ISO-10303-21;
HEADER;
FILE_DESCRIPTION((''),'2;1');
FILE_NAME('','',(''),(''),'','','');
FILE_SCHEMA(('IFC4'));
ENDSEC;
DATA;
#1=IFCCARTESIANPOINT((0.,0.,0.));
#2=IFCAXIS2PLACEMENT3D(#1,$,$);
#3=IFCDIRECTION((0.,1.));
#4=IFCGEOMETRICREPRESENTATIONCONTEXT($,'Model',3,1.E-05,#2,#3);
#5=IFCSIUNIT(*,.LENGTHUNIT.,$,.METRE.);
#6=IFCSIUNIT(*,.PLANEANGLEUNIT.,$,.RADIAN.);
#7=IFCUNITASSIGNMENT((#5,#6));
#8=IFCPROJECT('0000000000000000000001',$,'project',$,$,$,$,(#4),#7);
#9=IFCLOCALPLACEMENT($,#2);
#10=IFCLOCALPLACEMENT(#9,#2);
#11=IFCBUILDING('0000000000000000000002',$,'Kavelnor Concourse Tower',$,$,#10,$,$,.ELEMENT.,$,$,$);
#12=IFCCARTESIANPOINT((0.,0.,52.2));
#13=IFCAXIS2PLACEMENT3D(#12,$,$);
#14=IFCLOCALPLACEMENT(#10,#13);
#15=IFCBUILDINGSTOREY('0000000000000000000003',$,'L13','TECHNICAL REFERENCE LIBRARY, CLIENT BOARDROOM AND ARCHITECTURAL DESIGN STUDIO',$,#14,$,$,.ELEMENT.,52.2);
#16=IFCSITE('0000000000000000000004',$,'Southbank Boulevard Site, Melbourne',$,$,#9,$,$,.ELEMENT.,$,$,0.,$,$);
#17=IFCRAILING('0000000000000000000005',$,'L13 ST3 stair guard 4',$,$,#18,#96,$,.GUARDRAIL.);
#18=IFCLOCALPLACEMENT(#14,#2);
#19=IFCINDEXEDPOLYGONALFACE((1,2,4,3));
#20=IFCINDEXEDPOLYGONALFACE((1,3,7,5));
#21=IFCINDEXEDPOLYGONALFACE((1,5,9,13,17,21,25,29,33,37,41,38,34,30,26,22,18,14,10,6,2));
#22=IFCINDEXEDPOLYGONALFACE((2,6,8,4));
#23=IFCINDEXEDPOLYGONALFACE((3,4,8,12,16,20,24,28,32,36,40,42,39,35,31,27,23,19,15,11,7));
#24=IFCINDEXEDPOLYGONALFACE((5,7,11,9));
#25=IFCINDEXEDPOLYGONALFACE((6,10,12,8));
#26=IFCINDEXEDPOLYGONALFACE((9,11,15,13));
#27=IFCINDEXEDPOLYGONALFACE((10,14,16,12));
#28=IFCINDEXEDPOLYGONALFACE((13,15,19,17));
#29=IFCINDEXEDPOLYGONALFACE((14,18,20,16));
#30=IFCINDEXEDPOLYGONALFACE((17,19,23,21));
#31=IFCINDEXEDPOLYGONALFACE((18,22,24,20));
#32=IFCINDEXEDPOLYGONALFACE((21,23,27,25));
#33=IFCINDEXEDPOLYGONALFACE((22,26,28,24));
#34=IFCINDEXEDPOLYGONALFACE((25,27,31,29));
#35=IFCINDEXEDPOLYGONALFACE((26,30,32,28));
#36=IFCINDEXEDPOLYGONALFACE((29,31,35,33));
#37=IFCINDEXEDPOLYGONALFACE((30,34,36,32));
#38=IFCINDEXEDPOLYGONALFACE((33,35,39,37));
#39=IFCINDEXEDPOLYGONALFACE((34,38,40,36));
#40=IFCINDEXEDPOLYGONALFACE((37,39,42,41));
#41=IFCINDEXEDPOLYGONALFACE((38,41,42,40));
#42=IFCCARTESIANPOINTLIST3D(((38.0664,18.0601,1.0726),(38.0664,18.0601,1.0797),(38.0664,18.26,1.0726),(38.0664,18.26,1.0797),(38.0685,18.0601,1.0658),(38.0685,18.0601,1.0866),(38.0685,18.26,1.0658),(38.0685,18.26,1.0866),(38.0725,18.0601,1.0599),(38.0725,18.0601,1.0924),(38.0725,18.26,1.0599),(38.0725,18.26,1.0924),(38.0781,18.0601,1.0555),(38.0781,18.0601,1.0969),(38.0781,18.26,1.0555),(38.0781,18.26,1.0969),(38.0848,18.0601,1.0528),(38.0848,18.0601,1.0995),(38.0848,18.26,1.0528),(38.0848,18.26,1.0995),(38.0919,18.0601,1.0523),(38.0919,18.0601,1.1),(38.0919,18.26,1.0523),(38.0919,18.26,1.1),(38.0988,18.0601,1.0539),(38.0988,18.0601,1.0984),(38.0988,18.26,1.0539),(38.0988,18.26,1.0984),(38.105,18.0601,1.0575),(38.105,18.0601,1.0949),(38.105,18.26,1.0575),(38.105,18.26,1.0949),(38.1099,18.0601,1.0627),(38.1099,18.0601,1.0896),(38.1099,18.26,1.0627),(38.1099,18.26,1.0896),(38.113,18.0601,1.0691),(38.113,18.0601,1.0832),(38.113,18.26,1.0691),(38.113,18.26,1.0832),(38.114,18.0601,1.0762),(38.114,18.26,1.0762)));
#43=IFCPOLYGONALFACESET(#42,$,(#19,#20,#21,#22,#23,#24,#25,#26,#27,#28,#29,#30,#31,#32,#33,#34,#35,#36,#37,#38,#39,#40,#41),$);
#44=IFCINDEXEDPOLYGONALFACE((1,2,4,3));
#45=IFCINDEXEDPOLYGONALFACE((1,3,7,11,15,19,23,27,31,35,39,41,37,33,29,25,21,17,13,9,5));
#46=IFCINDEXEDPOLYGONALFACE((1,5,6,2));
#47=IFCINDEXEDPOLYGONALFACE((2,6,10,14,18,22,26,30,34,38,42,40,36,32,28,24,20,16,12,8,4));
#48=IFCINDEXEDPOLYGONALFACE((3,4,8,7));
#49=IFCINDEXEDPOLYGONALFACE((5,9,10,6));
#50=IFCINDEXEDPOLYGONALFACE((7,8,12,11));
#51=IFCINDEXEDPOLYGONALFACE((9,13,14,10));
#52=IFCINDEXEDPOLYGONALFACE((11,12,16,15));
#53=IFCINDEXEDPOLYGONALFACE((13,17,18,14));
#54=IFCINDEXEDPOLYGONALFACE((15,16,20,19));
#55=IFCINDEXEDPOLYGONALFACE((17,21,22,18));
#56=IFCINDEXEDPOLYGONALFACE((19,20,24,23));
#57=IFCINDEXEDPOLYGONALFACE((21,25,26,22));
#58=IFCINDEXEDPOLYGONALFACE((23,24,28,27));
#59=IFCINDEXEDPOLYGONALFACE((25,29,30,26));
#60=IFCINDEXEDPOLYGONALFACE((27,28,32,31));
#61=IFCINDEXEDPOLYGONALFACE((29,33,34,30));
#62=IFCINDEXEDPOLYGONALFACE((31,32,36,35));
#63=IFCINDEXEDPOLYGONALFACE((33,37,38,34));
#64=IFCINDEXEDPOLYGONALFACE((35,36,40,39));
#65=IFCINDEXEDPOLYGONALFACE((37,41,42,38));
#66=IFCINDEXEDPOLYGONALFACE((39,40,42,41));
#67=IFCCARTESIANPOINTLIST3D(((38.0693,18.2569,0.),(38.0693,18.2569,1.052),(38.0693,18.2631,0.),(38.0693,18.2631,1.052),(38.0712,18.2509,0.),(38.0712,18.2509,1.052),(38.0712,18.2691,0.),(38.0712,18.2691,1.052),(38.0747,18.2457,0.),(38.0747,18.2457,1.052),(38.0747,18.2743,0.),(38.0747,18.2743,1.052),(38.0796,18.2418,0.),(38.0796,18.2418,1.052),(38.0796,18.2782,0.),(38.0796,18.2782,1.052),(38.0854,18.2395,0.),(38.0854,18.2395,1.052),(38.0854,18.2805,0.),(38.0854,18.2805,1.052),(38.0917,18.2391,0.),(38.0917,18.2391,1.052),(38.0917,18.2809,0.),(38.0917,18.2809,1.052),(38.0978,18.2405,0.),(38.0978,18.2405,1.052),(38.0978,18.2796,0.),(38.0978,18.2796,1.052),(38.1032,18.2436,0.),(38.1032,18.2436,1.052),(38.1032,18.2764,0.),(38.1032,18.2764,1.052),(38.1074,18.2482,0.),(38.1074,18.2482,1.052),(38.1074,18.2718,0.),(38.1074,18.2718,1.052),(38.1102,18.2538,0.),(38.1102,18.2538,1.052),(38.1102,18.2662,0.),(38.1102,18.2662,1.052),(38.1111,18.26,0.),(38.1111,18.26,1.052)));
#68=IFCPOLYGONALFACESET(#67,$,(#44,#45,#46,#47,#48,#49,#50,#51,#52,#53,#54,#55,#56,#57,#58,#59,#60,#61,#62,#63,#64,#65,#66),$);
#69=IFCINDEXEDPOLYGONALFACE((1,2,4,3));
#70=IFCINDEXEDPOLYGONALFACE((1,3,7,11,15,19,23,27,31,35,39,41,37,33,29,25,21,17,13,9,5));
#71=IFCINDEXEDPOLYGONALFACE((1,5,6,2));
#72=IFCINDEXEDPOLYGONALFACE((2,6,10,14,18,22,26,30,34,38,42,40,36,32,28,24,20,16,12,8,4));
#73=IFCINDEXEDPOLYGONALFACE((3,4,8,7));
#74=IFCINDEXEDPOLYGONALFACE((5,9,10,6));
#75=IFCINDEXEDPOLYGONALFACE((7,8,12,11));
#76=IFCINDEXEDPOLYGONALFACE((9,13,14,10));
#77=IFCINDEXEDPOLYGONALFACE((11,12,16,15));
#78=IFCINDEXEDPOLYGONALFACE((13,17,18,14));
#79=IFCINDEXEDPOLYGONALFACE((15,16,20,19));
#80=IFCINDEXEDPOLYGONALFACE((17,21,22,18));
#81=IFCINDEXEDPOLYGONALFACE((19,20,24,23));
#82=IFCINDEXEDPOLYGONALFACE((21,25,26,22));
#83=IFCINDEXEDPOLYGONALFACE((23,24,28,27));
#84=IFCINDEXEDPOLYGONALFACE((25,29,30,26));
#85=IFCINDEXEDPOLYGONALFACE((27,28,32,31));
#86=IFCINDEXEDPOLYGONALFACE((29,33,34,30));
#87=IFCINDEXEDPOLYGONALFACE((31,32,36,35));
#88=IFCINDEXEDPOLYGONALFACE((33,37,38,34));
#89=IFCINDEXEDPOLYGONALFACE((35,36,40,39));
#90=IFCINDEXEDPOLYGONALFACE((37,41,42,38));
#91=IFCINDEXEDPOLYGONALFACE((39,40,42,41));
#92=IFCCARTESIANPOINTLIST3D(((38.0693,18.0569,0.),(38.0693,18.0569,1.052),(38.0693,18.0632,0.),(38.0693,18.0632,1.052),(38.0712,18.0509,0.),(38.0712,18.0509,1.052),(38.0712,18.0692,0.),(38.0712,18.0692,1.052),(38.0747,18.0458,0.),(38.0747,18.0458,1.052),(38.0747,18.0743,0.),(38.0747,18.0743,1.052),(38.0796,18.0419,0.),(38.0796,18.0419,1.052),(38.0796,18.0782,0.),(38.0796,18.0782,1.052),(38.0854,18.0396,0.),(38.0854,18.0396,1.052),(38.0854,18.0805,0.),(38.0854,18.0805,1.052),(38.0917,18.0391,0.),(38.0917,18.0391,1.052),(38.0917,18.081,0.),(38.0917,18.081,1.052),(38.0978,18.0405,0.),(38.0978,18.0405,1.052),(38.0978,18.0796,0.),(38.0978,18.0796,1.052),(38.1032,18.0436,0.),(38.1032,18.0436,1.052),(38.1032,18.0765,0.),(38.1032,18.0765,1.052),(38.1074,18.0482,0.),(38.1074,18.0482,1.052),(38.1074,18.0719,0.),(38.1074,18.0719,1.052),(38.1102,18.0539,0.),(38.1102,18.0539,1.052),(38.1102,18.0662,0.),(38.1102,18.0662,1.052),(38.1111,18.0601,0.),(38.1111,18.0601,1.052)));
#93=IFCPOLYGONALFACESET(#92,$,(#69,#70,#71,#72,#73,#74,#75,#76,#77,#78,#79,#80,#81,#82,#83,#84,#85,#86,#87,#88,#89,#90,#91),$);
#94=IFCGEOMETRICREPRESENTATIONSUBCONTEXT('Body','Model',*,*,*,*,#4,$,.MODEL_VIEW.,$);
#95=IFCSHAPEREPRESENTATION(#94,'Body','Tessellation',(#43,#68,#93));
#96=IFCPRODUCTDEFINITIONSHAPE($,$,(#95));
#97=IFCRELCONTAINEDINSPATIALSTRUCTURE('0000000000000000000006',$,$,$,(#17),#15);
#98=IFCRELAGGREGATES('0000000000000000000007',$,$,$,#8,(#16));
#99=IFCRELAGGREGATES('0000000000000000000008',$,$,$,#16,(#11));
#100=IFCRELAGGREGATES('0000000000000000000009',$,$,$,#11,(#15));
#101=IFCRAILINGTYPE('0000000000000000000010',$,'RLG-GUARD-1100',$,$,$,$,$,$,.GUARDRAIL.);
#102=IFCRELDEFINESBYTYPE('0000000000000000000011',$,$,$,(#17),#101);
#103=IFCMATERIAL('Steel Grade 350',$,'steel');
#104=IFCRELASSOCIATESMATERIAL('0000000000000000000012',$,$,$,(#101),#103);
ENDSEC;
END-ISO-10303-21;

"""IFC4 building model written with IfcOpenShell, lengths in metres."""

from ifc_helpers import new_model, si_unit, direction, frame, origin, origin_2d, place, context, subcontext, project, spatial, circle, extrude, material, type_object, element, save


model = new_model("IFC4")

# Units and contexts
model_context = context("Model", 3, precision=1e-05, world=origin(), true_north=direction((0.0, 1.0)))
body_context = subcontext(model_context, "Body", "Model", "MODEL_VIEW")
ifc_project = project(units=[si_unit("LENGTHUNIT", "METRE"), si_unit("PLANEANGLEUNIT", "RADIAN")], contexts=[model_context])

# Site, building, storey
site_placement = place(None, origin())
site = spatial("IfcSite", under=ifc_project, at=site_placement, Name="Southbank Boulevard Site, Melbourne", CompositionType="ELEMENT", RefElevation=0.0)
building_placement = place(site_placement, origin())
building = spatial("IfcBuilding", under=site, at=building_placement, Name="Kavelnor Concourse Tower", CompositionType="ELEMENT")
storey_placement = place(building_placement, frame((0.0, 0.0, 52.2)))
storey = spatial("IfcBuildingStorey", under=building, at=storey_placement, Name="L13", Description="TECHNICAL REFERENCE LIBRARY, CLIENT BOARDROOM AND ARCHITECTURAL DESIGN STUDIO", CompositionType="ELEMENT", Elevation=52.2)

# Shared definitions
ifc_material_1 = material(Name="Steel Grade 350", Category="steel")

# Railing
railing_type_1 = type_object("IfcRailingType", Name="RLG-GUARD-1100", PredefinedType="GUARDRAIL", material=ifc_material_1)
railing_1_placement = place(storey_placement, frame((38.0901, 18.26, 0.0)))
element("IfcRailing", 1, at=railing_1_placement, inside=storey, type_object=railing_type_1, Name="L13 ST3 stair guard 4", PredefinedType="GUARDRAIL", context=body_context, shape_type="SweptSolid", body=[
    extrude(circle(Radius=0.0239, at=origin_2d()), frame((0.0, 0.0, 1.0762), z_axis=(0.0, -1.0, 0.0), x_axis=(1.0, 0.0, 0.0)), (0.0, 0.0, 1.0), 0.2),
    extrude(circle(Radius=0.021, at=origin_2d()), origin(), (0.0, 0.0, 1.0), 1.052),
    extrude(circle(Radius=0.021, at=origin_2d()), frame((0.0, -0.2, 0.0)), (0.0, 0.0, 1.0), 1.052),
])

save(model, "model.ifc")
